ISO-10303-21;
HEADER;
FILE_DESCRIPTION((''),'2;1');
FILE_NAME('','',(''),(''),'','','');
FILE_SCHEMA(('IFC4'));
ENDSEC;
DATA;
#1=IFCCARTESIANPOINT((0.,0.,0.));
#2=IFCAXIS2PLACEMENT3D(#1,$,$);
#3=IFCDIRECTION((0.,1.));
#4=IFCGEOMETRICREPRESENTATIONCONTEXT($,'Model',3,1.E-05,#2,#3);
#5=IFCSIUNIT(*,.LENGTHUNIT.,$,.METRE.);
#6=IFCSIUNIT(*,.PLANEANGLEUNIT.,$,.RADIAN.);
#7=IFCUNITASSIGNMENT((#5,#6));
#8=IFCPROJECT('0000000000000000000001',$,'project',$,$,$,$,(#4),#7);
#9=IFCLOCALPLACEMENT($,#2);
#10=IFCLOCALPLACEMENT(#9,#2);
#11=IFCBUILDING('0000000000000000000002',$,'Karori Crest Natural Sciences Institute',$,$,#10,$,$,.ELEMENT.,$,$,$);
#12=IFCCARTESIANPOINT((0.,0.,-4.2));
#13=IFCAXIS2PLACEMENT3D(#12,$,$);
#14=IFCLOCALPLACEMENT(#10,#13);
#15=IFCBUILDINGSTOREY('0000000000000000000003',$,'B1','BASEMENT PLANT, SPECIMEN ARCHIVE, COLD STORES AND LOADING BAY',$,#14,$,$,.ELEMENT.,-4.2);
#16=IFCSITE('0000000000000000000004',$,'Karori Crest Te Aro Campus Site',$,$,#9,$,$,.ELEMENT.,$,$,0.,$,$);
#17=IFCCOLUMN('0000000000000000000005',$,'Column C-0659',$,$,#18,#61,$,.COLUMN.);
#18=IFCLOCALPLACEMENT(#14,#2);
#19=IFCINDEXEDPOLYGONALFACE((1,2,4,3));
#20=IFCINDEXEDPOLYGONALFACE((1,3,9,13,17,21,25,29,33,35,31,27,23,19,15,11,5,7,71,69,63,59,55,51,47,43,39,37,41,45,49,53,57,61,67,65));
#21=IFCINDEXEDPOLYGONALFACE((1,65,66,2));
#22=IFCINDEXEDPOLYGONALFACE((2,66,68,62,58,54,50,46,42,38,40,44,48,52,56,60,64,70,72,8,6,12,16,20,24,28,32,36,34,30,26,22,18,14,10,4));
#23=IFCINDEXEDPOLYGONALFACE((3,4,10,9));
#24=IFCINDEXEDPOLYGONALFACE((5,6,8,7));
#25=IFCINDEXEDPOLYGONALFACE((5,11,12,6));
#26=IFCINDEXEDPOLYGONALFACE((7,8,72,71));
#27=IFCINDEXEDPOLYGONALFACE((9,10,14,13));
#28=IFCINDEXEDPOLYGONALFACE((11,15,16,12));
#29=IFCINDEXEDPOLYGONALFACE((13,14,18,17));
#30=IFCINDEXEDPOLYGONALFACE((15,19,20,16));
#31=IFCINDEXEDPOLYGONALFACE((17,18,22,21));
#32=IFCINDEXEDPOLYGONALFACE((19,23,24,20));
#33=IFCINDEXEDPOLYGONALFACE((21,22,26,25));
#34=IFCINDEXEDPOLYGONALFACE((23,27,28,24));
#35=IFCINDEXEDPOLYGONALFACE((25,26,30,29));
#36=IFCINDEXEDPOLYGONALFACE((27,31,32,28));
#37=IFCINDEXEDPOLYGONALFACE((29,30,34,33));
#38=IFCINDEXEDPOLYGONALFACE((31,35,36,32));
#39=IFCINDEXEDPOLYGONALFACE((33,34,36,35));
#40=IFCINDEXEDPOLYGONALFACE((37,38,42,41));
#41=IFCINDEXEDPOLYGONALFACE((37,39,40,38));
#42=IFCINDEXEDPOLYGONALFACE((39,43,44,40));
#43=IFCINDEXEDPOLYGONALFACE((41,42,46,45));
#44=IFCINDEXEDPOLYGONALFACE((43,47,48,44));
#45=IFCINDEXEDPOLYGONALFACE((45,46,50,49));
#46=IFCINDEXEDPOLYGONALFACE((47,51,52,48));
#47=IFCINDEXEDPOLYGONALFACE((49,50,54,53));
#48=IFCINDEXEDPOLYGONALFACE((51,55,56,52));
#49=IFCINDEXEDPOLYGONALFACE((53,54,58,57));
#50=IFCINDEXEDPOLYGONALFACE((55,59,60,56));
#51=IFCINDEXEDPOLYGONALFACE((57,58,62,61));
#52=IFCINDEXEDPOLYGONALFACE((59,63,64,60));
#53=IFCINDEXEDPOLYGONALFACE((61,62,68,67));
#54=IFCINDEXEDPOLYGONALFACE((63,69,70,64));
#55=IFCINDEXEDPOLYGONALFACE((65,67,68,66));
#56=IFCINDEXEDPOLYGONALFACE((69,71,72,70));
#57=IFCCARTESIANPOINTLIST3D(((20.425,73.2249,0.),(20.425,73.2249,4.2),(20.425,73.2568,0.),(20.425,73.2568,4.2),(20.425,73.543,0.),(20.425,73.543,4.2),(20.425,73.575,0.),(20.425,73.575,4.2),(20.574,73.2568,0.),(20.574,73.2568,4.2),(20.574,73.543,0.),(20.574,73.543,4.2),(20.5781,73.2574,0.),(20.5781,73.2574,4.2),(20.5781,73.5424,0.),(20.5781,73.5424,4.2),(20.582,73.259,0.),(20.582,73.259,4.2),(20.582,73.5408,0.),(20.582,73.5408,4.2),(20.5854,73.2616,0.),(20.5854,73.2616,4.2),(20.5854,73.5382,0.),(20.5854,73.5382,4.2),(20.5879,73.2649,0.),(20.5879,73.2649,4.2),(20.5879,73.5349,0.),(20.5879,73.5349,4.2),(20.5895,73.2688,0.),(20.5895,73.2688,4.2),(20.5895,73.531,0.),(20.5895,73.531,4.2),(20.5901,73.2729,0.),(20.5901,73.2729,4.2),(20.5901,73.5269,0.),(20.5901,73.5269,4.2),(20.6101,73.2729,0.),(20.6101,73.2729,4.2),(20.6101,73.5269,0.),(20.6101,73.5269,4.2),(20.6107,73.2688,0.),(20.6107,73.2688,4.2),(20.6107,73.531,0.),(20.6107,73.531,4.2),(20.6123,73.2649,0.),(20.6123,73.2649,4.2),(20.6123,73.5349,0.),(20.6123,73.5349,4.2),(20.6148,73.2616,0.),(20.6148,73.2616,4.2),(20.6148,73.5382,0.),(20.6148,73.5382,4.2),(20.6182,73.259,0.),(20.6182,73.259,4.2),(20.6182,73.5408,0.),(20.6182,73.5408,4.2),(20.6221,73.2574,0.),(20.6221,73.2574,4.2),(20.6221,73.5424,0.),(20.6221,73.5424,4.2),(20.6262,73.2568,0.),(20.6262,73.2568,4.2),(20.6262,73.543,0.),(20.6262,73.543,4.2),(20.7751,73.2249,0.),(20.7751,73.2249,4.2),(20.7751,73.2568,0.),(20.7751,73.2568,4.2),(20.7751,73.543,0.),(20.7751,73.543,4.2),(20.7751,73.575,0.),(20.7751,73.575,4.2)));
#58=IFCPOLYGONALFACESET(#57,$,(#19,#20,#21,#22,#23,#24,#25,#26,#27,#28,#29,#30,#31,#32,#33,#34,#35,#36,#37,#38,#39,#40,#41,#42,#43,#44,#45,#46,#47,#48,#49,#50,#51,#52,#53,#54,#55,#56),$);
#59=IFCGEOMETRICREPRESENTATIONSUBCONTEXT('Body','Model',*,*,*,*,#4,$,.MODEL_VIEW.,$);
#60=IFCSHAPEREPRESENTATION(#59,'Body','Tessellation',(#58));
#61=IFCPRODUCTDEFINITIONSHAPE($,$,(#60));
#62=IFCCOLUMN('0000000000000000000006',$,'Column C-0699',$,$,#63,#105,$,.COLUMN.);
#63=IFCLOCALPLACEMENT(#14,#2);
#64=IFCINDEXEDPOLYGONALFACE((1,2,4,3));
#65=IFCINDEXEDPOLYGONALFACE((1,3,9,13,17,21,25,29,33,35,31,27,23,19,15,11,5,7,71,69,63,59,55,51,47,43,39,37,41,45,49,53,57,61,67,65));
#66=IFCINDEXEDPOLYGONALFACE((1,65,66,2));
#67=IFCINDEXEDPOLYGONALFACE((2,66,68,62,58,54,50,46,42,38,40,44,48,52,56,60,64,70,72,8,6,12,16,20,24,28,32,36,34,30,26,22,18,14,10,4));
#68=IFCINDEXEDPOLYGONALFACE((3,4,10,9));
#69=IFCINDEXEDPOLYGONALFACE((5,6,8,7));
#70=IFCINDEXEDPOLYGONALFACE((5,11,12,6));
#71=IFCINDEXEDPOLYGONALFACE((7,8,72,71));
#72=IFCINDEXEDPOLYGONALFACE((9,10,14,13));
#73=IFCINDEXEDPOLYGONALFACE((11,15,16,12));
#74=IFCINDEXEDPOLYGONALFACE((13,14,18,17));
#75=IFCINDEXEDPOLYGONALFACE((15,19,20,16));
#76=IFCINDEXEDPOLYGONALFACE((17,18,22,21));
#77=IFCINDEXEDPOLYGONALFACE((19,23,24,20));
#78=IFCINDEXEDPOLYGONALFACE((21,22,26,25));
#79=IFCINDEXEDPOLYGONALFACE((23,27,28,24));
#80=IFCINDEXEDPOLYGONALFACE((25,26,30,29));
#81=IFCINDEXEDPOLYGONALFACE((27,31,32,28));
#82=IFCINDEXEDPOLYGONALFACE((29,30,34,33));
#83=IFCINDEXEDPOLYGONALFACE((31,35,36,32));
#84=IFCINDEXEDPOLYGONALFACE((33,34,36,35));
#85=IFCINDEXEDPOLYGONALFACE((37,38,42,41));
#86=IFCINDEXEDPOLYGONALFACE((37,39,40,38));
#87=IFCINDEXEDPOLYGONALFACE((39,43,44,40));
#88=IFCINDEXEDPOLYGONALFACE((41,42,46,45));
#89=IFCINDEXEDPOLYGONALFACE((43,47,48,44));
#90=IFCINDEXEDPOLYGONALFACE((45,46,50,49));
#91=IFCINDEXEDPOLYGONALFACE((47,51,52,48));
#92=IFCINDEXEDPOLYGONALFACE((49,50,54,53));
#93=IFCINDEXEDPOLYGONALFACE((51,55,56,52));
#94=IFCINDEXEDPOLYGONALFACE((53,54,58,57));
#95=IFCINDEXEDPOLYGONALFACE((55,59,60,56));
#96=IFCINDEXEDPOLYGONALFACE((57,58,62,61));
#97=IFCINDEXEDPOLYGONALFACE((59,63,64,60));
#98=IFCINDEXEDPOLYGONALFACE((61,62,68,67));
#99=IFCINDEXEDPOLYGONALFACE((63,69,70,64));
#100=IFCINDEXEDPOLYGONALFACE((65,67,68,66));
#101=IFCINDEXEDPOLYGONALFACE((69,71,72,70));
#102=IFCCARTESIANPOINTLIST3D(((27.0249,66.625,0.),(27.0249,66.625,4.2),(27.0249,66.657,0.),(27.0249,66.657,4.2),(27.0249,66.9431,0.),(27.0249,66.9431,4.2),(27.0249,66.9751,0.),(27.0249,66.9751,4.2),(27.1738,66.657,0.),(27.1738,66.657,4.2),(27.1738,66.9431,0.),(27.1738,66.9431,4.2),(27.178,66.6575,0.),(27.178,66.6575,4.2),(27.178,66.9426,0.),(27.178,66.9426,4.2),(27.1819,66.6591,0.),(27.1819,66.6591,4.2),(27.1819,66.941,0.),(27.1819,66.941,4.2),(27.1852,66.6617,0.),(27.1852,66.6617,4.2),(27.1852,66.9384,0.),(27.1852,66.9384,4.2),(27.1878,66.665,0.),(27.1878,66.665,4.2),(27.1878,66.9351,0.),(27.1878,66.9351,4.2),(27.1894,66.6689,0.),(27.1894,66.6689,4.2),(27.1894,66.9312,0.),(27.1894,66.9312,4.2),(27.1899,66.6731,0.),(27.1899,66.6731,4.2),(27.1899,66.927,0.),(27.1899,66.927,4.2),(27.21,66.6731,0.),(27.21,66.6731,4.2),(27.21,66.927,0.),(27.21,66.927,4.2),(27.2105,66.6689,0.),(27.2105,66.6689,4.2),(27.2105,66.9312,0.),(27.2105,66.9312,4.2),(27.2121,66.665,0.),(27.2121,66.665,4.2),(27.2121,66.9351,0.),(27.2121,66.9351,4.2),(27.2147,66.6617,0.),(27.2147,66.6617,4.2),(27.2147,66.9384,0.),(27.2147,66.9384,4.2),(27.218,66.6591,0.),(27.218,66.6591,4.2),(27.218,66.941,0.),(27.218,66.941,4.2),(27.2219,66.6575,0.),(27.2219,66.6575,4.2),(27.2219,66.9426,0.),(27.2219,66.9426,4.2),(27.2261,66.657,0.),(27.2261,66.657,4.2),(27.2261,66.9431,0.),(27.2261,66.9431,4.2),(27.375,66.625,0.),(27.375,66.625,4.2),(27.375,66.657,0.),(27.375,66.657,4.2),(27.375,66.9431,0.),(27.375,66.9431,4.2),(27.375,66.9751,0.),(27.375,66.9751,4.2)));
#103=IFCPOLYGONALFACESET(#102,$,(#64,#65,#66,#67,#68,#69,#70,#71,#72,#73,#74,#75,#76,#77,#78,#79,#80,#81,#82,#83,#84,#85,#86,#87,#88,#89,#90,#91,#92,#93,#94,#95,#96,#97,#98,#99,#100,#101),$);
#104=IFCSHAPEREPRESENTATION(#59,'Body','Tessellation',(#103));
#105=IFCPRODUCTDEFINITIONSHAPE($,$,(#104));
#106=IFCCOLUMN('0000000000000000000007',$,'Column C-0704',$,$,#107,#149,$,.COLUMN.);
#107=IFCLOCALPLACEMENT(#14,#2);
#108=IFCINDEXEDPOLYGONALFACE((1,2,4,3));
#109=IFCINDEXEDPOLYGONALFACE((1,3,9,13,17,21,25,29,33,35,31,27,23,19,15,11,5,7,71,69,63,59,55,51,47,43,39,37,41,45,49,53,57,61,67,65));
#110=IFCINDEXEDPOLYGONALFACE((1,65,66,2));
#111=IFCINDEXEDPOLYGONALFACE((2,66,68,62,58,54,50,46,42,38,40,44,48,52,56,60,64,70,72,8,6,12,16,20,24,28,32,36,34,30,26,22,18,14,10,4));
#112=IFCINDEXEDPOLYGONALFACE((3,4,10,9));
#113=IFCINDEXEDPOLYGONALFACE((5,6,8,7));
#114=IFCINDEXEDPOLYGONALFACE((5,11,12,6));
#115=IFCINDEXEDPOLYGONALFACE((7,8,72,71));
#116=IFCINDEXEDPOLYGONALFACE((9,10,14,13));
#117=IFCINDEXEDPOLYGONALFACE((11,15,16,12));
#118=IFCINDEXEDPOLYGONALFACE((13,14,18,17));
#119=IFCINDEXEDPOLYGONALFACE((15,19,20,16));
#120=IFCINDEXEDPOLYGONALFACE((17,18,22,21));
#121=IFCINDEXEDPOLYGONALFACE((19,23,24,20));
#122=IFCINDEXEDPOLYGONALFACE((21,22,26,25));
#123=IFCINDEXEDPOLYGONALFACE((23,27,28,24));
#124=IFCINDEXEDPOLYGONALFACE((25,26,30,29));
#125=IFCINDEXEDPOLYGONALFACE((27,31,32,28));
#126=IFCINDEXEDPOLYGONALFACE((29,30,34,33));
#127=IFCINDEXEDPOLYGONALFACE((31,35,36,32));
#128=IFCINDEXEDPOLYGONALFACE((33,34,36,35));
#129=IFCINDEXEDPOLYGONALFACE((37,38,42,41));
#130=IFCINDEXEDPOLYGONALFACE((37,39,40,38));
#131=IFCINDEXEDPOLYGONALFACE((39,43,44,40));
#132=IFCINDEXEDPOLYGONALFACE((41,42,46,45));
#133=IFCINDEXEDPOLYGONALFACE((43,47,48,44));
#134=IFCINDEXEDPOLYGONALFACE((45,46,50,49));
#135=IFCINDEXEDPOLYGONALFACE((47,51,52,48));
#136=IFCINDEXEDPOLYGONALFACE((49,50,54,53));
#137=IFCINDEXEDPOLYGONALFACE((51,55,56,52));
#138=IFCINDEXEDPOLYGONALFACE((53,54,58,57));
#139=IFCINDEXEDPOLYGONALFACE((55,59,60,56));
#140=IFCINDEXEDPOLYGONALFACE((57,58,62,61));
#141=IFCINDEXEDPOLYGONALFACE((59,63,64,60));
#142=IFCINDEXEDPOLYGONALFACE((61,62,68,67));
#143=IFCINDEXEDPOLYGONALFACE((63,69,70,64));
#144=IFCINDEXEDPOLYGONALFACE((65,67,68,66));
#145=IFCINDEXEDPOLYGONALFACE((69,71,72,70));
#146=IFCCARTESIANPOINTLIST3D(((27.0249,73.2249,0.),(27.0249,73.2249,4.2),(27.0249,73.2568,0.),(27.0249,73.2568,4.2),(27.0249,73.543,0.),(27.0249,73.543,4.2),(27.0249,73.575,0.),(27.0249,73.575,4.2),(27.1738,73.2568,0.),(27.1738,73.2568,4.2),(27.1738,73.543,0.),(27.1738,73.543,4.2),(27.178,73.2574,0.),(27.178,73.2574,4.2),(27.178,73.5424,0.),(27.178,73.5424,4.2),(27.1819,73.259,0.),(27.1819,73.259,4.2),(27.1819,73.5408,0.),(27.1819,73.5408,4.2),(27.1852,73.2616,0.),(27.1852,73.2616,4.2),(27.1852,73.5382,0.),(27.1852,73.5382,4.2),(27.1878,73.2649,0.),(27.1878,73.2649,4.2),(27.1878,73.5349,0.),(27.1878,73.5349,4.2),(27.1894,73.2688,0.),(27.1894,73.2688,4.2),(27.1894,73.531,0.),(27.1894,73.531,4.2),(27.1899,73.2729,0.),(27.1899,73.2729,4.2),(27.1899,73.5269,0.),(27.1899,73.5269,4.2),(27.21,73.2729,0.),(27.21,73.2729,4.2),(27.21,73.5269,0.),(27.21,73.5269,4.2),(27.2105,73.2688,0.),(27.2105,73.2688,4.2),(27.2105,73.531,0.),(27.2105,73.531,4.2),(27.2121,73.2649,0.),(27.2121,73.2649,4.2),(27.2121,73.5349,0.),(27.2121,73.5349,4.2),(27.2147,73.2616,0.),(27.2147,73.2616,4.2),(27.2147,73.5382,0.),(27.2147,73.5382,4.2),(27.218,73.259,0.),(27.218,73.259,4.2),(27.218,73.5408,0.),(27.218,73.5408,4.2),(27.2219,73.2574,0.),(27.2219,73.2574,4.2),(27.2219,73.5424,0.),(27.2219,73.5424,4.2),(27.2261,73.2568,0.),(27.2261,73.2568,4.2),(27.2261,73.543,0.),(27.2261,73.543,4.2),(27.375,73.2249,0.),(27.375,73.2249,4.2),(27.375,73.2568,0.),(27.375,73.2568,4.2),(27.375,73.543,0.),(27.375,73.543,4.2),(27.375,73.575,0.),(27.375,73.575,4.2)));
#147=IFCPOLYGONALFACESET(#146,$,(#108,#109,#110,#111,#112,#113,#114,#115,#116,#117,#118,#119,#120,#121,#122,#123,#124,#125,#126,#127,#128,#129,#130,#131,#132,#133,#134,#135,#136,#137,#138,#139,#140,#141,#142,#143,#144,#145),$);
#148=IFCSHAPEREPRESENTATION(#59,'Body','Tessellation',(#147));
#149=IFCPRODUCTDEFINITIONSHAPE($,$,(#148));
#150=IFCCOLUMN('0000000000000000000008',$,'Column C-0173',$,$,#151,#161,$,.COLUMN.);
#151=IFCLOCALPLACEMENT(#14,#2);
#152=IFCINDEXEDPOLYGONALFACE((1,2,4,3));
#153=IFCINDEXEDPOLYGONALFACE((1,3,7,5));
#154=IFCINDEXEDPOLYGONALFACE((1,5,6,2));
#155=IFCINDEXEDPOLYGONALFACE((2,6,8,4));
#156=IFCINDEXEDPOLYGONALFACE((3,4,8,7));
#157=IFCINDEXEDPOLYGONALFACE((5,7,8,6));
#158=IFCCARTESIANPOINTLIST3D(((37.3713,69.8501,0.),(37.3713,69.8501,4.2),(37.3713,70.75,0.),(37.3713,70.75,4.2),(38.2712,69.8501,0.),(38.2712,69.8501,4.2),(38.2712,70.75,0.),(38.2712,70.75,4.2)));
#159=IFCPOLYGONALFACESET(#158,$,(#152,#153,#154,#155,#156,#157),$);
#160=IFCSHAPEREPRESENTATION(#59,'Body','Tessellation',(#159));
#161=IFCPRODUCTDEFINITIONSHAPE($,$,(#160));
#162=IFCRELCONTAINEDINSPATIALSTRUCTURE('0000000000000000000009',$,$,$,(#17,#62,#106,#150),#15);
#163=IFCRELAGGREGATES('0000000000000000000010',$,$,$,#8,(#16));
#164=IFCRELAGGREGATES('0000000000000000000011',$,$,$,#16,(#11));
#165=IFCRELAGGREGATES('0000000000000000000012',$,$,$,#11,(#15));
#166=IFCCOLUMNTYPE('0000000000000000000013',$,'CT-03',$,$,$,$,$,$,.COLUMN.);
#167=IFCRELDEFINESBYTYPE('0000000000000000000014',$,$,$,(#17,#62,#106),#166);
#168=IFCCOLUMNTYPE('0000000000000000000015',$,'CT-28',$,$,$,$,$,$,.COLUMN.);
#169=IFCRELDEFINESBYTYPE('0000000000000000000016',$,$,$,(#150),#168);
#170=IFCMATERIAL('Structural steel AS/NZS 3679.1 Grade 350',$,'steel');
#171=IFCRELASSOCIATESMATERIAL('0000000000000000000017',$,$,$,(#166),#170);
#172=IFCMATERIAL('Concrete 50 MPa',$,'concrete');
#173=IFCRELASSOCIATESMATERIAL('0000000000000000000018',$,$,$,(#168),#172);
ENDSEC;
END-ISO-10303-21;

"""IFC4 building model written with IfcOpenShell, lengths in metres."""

from ifc_helpers import new_model, si_unit, direction, frame, origin, origin_2d, place, context, subcontext, project, spatial, rectangle, i_section, extrude, material, material_profile, profile_set, type_object, element, save


model = new_model("IFC4")

# Units and contexts
model_context = context("Model", 3, precision=1e-05, world=origin(), true_north=direction((0.0, 1.0)))
body_context = subcontext(model_context, "Body", "Model", "MODEL_VIEW")
ifc_project = project(units=[si_unit("LENGTHUNIT", "METRE"), si_unit("PLANEANGLEUNIT", "RADIAN")], contexts=[model_context])

# Site, building, storey
site_placement = place(None, origin())
site = spatial("IfcSite", under=ifc_project, at=site_placement, Name="Karori Crest Te Aro Campus Site", CompositionType="ELEMENT", RefElevation=0.0)
building_placement = place(site_placement, origin())
building = spatial("IfcBuilding", under=site, at=building_placement, Name="Karori Crest Natural Sciences Institute", CompositionType="ELEMENT")
storey_placement = place(building_placement, frame((0.0, 0.0, -4.2)))
storey = spatial("IfcBuildingStorey", under=building, at=storey_placement, Name="B1", Description="BASEMENT PLANT, SPECIMEN ARCHIVE, COLD STORES AND LOADING BAY", CompositionType="ELEMENT", Elevation=-4.2)

# Columns
ifc_material_1 = material(Name="Structural steel AS/NZS 3679.1 Grade 350", Category="steel")
ifc_material_profile_1 = material_profile(ifc_material_1, i_section(OverallWidth=0.3501, OverallDepth=0.3501, WebThickness=0.02, FlangeThickness=0.032, FilletRadius=0.0161, at=origin_2d()), Name="350WC280")
ifc_profile_set_1 = profile_set([ifc_material_profile_1], Name="Structural steel AS/NZS 3679.1 Grade 350")
column_type_1 = type_object("IfcColumnType", Name="CT-03", PredefinedType="COLUMN", material=ifc_profile_set_1)
for number, where, z_axis, x_axis, name in (
    (1, (20.6001, 73.3999, 0.0), (0.0, 0.0, 1.0), (1.0, 0.0, 0.0), "Column C-0659"),
    (2, (27.2, 66.8, 0.0), (0.0, 0.0, 1.0), (1.0, 0.0, 0.0), "Column C-0699"),
    (3, (27.2, 73.3999, 0.0), (0.0, 0.0, 1.0), (1.0, 0.0, 0.0), "Column C-0704"),
):
    element("IfcColumn", number, at=place(storey_placement, frame(where, z_axis=z_axis, x_axis=x_axis)), inside=storey, type_object=column_type_1, Name=name, PredefinedType="COLUMN", context=body_context, shape_type="SweptSolid", body=[
        extrude(i_section(OverallWidth=0.3501, OverallDepth=0.3501, WebThickness=0.02, FlangeThickness=0.032, FilletRadius=0.0161, at=origin_2d()), origin(), (0.0, 0.0, 1.0), 4.2),
    ])
ifc_material_2 = material(Name="Concrete 50 MPa", Category="concrete")
ifc_material_profile_2 = material_profile(ifc_material_2, rectangle(XDim=0.8999, YDim=0.8999, at=origin_2d()), Name="RC900x900")
ifc_profile_set_2 = profile_set([ifc_material_profile_2], Name="Concrete 50 MPa")
column_type_2 = type_object("IfcColumnType", Name="CT-28", PredefinedType="COLUMN", material=ifc_profile_set_2)
column_placement = place(storey_placement, frame((37.8213, 70.3, 0.0), z_axis=(0.0, 0.0, 1.0), x_axis=(1.0, 0.0, 0.0)))
element("IfcColumn", 4, at=column_placement, inside=storey, type_object=column_type_2, Name="Column C-0173", PredefinedType="COLUMN", context=body_context, shape_type="SweptSolid", body=[
    extrude(rectangle(XDim=0.8999, YDim=0.8999, at=origin_2d()), origin(), (0.0, 0.0, 1.0), 4.2),
])

save(model, "model.ifc")
